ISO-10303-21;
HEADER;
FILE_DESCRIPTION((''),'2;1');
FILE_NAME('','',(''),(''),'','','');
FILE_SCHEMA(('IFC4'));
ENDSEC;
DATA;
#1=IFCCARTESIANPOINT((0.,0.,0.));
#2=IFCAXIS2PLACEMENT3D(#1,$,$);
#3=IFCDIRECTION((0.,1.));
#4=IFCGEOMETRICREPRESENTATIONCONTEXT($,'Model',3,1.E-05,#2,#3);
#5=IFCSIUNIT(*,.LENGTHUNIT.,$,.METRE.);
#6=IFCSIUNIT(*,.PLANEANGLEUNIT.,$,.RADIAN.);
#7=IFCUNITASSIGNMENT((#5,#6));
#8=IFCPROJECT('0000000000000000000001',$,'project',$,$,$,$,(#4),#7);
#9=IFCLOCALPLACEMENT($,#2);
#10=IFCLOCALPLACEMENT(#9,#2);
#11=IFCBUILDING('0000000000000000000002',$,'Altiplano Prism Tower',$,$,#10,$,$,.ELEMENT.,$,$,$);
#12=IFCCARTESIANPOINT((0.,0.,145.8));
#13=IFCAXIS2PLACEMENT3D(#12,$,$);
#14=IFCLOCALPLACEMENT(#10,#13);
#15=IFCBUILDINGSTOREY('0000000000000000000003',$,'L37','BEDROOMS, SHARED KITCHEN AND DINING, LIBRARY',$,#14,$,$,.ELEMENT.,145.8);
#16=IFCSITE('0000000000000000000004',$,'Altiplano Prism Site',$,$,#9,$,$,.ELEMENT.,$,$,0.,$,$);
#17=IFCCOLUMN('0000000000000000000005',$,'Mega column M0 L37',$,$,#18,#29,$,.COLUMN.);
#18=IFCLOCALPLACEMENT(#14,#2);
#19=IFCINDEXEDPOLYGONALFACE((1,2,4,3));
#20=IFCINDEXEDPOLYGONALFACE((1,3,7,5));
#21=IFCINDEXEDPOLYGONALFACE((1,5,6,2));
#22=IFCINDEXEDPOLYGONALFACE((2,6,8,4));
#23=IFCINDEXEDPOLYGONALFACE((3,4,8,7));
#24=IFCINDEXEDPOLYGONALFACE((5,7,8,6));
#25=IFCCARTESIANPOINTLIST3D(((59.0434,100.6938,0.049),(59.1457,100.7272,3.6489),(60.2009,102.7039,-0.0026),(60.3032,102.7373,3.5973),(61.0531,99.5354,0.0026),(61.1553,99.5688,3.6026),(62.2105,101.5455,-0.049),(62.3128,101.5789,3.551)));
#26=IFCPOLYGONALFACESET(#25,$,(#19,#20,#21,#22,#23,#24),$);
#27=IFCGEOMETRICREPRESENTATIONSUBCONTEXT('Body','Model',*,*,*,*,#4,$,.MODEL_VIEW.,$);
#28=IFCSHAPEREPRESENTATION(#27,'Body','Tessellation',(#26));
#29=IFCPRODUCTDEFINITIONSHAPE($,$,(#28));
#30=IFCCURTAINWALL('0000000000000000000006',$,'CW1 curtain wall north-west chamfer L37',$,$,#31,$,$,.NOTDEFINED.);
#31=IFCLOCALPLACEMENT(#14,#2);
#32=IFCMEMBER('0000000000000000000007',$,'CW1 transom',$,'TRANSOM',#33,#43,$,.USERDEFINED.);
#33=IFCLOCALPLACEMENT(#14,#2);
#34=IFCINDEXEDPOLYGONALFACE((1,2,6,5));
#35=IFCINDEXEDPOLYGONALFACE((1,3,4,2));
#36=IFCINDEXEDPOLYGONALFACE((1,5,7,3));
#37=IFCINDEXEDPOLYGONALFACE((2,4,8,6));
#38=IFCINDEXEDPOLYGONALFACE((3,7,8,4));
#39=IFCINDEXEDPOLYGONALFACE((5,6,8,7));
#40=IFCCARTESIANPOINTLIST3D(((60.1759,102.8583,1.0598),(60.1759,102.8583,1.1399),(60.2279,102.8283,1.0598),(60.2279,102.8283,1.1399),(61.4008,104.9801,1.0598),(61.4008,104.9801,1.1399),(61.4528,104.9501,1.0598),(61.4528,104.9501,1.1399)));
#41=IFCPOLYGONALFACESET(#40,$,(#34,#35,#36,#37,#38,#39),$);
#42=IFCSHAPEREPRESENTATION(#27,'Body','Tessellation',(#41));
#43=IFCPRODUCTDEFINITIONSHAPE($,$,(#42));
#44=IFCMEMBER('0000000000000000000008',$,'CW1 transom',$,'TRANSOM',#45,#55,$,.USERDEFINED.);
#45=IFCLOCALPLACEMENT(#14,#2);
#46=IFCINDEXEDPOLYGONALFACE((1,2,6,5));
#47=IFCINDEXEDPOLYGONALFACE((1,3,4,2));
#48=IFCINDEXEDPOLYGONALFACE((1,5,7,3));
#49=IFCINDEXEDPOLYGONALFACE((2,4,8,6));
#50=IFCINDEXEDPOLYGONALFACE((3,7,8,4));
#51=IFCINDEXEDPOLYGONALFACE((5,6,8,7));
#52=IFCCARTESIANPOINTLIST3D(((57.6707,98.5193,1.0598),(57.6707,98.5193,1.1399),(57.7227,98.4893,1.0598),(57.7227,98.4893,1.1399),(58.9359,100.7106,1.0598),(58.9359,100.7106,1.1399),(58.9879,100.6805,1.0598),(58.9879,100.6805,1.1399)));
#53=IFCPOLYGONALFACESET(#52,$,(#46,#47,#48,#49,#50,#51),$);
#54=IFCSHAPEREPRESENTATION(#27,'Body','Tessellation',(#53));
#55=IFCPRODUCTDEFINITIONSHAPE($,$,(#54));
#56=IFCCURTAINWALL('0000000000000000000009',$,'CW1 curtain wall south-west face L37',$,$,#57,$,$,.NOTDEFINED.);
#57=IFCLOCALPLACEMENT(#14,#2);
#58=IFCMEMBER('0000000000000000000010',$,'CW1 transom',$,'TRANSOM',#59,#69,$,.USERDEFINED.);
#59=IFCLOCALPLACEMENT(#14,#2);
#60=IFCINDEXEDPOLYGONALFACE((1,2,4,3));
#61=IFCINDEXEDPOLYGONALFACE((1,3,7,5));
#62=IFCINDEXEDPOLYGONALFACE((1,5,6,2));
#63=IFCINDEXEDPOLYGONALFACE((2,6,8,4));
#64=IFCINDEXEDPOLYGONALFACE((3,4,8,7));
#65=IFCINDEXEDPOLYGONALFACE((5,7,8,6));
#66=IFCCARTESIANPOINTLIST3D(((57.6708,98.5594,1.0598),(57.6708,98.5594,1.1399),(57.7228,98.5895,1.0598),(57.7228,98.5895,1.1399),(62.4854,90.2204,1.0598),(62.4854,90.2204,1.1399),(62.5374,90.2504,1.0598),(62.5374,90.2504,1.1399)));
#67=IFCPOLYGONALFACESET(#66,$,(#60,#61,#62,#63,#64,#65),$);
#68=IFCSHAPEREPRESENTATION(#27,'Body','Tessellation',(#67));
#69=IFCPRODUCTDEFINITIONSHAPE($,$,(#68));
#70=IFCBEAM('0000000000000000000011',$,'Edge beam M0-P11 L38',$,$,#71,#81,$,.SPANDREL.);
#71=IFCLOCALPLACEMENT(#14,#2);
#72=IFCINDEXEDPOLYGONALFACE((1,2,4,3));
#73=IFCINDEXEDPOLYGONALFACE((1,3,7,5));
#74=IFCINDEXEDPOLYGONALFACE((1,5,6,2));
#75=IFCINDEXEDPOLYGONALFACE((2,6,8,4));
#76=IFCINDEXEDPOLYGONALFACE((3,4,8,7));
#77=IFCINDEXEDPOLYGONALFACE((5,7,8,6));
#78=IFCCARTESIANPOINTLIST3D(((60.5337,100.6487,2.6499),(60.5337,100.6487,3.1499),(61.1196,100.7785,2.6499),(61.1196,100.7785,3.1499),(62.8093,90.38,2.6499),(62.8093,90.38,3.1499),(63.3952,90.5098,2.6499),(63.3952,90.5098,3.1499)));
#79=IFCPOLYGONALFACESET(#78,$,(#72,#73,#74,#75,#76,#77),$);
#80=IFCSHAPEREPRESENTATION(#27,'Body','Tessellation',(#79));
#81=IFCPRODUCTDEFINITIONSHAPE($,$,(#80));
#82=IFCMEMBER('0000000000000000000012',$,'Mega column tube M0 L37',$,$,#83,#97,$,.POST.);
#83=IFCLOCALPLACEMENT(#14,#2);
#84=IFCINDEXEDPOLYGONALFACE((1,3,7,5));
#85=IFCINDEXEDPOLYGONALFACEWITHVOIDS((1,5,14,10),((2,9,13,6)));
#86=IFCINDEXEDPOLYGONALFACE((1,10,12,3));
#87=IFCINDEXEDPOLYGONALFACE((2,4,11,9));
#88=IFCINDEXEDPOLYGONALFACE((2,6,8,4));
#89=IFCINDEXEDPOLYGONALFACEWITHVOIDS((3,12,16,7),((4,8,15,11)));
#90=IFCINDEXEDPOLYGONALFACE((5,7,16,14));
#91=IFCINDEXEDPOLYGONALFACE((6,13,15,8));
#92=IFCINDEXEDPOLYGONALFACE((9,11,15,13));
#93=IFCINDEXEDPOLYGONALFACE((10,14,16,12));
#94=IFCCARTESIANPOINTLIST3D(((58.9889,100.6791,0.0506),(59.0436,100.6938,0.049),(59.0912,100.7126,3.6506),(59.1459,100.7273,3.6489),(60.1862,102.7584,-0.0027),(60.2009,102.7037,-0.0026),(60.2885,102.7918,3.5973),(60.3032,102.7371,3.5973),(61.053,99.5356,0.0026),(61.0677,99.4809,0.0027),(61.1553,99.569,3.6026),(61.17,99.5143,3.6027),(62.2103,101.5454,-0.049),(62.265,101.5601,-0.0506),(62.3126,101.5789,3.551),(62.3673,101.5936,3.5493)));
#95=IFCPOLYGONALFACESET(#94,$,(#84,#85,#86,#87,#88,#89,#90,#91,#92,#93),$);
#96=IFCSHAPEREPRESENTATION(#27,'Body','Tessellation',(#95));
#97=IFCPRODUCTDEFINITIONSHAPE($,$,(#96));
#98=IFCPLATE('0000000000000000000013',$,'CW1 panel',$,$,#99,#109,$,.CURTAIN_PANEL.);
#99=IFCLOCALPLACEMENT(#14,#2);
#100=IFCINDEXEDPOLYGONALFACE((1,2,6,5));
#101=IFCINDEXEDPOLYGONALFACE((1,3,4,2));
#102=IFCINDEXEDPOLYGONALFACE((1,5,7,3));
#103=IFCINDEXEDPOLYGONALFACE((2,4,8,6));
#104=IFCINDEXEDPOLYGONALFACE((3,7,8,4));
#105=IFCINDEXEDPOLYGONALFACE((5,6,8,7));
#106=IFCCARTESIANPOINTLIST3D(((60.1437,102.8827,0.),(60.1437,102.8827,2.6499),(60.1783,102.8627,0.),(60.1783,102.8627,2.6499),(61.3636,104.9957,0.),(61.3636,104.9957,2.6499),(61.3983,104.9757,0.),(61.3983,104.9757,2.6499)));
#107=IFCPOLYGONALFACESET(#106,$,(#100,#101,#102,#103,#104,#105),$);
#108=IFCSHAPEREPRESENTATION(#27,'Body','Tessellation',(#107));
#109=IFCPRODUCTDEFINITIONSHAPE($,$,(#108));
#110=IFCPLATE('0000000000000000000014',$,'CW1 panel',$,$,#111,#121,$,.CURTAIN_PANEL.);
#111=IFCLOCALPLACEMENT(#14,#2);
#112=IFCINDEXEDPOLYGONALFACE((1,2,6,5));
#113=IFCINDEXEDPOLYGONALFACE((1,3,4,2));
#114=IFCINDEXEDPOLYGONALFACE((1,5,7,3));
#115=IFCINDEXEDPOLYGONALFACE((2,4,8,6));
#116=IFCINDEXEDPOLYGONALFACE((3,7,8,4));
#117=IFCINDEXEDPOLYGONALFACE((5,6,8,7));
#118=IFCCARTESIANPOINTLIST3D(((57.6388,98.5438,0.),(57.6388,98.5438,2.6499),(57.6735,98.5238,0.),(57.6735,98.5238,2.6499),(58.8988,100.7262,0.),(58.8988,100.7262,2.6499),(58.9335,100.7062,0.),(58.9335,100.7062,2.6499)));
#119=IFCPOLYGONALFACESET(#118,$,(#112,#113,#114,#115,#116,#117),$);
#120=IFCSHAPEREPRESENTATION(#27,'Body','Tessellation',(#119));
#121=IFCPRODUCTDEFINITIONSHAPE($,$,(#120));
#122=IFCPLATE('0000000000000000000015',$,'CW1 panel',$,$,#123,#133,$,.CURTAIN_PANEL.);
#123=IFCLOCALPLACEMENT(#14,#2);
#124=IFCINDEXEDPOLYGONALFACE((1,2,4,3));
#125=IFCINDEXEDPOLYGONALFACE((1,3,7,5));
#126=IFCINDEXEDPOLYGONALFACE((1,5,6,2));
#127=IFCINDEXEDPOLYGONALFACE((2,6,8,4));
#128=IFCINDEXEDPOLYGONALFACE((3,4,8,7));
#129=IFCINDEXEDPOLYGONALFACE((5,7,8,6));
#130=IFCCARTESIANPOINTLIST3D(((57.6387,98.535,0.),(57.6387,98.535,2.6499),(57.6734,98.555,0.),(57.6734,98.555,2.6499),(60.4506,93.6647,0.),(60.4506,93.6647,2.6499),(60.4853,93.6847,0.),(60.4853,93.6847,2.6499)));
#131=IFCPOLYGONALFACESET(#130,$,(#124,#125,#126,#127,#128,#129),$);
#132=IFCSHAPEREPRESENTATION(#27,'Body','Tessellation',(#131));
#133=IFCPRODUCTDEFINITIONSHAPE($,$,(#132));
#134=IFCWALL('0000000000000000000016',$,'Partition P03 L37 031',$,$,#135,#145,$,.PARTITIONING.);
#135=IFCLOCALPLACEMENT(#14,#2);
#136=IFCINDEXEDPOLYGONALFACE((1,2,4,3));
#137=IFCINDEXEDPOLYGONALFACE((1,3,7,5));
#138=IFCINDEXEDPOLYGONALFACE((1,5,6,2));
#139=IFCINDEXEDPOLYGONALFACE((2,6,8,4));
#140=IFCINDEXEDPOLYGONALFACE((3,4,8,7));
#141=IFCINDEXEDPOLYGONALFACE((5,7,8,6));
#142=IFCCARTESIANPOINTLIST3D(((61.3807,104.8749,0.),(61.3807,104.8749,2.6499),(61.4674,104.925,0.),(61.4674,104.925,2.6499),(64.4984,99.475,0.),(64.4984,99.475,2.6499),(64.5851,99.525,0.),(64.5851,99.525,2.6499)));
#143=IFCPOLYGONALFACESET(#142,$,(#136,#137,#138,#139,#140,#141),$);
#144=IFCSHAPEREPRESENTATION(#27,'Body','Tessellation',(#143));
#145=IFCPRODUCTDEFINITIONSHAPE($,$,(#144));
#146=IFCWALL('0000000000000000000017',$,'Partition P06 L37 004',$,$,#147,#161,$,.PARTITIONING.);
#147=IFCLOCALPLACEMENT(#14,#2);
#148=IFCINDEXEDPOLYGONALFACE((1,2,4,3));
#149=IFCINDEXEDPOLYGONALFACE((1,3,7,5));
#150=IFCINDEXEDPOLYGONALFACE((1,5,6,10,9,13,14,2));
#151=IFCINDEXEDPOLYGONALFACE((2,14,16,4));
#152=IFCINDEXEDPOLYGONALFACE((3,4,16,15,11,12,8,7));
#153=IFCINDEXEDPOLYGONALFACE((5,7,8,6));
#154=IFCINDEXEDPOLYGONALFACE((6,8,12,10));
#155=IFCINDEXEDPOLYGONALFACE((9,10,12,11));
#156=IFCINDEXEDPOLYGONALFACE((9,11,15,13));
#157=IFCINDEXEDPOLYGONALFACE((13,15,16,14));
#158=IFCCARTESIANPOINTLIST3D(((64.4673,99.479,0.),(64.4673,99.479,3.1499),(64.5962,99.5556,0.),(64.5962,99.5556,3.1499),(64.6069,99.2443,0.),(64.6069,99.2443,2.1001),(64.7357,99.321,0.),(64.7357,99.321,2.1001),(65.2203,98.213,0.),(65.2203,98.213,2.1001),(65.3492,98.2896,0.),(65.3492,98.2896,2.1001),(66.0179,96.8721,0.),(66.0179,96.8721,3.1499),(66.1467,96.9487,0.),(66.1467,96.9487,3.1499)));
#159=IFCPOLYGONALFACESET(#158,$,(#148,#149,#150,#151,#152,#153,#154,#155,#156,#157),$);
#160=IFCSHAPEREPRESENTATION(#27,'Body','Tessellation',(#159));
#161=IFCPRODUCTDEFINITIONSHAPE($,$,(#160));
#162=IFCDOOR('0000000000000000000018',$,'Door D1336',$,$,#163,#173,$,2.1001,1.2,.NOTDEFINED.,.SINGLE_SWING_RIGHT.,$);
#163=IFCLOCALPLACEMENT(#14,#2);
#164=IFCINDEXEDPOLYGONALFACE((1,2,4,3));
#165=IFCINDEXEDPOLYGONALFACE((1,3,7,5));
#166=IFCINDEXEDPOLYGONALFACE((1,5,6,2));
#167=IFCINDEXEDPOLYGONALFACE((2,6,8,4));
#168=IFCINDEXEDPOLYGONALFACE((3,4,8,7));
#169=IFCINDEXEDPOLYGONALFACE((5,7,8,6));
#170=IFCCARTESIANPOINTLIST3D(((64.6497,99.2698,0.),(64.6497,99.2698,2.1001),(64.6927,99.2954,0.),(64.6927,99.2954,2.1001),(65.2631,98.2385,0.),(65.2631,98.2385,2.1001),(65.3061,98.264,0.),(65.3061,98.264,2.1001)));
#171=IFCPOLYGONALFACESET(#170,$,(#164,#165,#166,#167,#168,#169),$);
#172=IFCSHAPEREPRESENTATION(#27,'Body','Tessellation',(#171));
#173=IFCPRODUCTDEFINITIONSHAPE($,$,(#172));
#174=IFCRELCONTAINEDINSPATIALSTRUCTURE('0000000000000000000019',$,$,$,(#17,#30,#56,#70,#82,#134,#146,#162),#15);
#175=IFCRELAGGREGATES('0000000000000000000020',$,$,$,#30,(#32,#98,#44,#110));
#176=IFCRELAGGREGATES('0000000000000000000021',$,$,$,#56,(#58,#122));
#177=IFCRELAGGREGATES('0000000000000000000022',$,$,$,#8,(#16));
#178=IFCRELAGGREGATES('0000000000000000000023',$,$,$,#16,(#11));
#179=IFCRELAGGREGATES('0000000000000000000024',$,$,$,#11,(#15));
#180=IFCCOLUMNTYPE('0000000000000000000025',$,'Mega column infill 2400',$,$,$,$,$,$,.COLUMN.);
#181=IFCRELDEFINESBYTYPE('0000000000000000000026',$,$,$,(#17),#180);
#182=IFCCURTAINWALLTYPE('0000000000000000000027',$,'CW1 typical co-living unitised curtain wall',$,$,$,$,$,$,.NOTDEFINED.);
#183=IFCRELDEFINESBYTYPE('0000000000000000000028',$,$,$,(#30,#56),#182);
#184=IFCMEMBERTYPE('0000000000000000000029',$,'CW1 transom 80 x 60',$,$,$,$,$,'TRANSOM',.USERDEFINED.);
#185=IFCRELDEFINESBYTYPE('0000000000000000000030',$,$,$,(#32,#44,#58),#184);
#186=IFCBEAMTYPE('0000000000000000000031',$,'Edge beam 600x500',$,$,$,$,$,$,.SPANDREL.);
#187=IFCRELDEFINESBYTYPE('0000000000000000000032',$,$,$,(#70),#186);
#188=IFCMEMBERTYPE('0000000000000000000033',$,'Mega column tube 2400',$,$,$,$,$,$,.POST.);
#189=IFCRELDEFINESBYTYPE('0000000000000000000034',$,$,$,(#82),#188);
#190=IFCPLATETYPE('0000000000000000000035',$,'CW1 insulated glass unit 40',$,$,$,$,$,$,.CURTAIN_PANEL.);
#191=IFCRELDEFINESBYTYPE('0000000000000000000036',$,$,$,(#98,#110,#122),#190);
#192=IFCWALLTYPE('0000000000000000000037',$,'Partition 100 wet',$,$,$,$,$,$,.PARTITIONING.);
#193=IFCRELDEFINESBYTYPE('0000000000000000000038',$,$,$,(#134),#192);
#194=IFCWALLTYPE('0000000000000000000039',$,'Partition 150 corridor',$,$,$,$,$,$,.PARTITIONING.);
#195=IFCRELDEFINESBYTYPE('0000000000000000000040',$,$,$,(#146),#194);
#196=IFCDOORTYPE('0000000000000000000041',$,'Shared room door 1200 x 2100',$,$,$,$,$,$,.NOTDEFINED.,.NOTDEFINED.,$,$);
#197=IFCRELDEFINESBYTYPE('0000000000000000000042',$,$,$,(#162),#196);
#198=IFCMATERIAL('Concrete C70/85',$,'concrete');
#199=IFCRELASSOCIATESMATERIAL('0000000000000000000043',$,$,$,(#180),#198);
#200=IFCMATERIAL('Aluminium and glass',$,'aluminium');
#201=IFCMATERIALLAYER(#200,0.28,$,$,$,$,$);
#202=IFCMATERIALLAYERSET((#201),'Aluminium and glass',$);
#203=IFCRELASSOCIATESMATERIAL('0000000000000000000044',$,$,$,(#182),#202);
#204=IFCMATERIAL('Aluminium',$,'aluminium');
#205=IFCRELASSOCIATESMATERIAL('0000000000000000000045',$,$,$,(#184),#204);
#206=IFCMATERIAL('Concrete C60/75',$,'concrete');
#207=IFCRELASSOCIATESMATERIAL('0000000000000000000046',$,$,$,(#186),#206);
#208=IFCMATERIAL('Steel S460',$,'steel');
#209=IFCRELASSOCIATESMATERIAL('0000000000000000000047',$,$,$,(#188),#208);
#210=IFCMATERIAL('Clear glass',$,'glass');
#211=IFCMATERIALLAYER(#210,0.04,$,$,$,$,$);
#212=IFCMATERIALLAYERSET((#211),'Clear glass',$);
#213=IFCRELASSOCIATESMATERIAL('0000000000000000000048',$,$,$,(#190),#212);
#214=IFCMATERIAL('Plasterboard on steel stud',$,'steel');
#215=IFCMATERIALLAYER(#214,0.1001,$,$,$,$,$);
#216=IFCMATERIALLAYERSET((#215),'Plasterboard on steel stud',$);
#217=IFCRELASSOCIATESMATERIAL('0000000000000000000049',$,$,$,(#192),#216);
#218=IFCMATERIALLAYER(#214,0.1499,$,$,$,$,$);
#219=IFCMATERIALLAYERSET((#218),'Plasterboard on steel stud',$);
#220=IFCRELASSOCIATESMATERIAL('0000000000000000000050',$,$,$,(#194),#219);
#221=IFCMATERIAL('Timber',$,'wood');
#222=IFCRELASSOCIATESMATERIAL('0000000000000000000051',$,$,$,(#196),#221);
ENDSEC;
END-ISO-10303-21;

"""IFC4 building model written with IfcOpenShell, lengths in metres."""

from ifc_helpers import new_model, si_unit, direction, frame, frame_2d, origin, origin_2d, place, context, subcontext, project, spatial, rectangle, hollow_rectangle, extrude, material, layer, layer_set, material_profile, profile_set, type_object, element, fill, aggregate, save


model = new_model("IFC4")

# Units and contexts
model_context = context("Model", 3, precision=1e-05, world=origin(), true_north=direction((0.0, 1.0)))
body_context = subcontext(model_context, "Body", "Model", "MODEL_VIEW")
ifc_project = project(units=[si_unit("LENGTHUNIT", "METRE"), si_unit("PLANEANGLEUNIT", "RADIAN")], contexts=[model_context])

# Site, building, storey
site_placement = place(None, origin())
site = spatial("IfcSite", under=ifc_project, at=site_placement, Name="Altiplano Prism Site", CompositionType="ELEMENT", RefElevation=0.0)
building_placement = place(site_placement, origin())
building = spatial("IfcBuilding", under=site, at=building_placement, Name="Altiplano Prism Tower", CompositionType="ELEMENT")
storey_placement = place(building_placement, frame((0.0, 0.0, 145.8)))
storey = spatial("IfcBuildingStorey", under=building, at=storey_placement, Name="L37", Description="BEDROOMS, SHARED KITCHEN AND DINING, LIBRARY", CompositionType="ELEMENT", Elevation=145.8)

# Column
ifc_material_1 = material(Name="Concrete C70/85", Category="concrete")
ifc_material_profile_1 = material_profile(ifc_material_1, rectangle(XDim=2.3201, YDim=2.3201, at=origin_2d()), Name="Mega column infill 2400")
ifc_profile_set_1 = profile_set([ifc_material_profile_1], Name="Concrete C70/85")
column_type = type_object("IfcColumnType", Name="Mega column infill 2400", PredefinedType="COLUMN", material=ifc_profile_set_1)
column_placement = place(storey_placement, frame((60.627, 101.1196, 0.0), z_axis=(0.028404, 0.009287, 0.999553), x_axis=(-0.866202, 0.499295, 0.019975)))
element("IfcColumn", 1, at=column_placement, inside=storey, type_object=column_type, Name="Mega column M0 L37", PredefinedType="COLUMN", context=body_context, shape_type="SweptSolid", body=[
    extrude(rectangle(XDim=2.3201, YDim=2.3201, at=origin_2d()), origin(), (0.0, 0.0, 1.0), 3.6016),
])

# Curtain wall, members
ifc_material_2 = material(Name="Aluminium and glass", Category="aluminium")
ifc_layer_1 = layer(ifc_material_2, 0.28)
ifc_layer_set_1 = layer_set([ifc_layer_1], Name="Aluminium and glass")
curtain_wall_type = type_object("IfcCurtainWallType", Name="CW1 typical co-living unitised curtain wall", PredefinedType="NOTDEFINED", material=ifc_layer_set_1)
curtain_wall_1_placement = place(storey_placement, origin())
curtain_wall_1 = element("IfcCurtainWall", 2, at=curtain_wall_1_placement, inside=storey, type_object=curtain_wall_type, Name="CW1 curtain wall north-west chamfer L37", PredefinedType="NOTDEFINED")
ifc_material_3 = material(Name="Aluminium", Category="aluminium")
ifc_material_profile_2 = material_profile(ifc_material_3, rectangle(XDim=0.0601, YDim=0.0801, at=origin_2d()), Name="CW1 transom 80 x 60")
ifc_profile_set_2 = profile_set([ifc_material_profile_2], Name="Aluminium")
member_type_1 = type_object("IfcMemberType", Name="CW1 transom 80 x 60", ElementType="TRANSOM", PredefinedType="USERDEFINED", material=ifc_profile_set_2)
member_1_placement = place(storey_placement, frame((61.4268, 104.9651, 1.0999), z_axis=(-0.499944, -0.866058, 0.0), x_axis=(0.866058, -0.499944, 0.0)))
member_1 = element("IfcMember", 3, at=member_1_placement, type_object=member_type_1, Name="CW1 transom", ObjectType="TRANSOM", PredefinedType="USERDEFINED", context=body_context, shape_type="SweptSolid", body=[
    extrude(rectangle(XDim=0.0601, YDim=0.0801, at=origin_2d()), origin(), (0.0, 0.0, 1.0), 2.45),
])
member_2_placement = place(storey_placement, frame((58.9619, 100.6956, 1.0999), z_axis=(-0.50002, -0.866014, 0.0), x_axis=(0.866014, -0.50002, 0.0)))
member_2 = element("IfcMember", 4, at=member_2_placement, type_object=member_type_1, Name="CW1 transom", ObjectType="TRANSOM", PredefinedType="USERDEFINED", context=body_context, shape_type="SweptSolid", body=[
    extrude(rectangle(XDim=0.0601, YDim=0.0801, at=origin_2d()), origin(), (0.0, 0.0, 1.0), 2.5303),
])

# Curtain wall, member
curtain_wall_2_placement = place(storey_placement, origin())
curtain_wall_2 = element("IfcCurtainWall", 5, at=curtain_wall_2_placement, inside=storey, type_object=curtain_wall_type, Name="CW1 curtain wall south-west face L37", PredefinedType="NOTDEFINED")
member_3_placement = place(storey_placement, frame((57.6968, 98.5745, 1.0999), z_axis=(0.500008, -0.86602, 0.0), x_axis=(0.86602, 0.500008, 0.0)))
member_3 = element("IfcMember", 6, at=member_3_placement, type_object=member_type_1, Name="CW1 transom", ObjectType="TRANSOM", PredefinedType="USERDEFINED", context=body_context, shape_type="SweptSolid", body=[
    extrude(rectangle(XDim=0.0601, YDim=0.0801, at=origin_2d()), origin(), (0.0, 0.0, 1.0), 9.6292),
])

# Beam
ifc_material_4 = material(Name="Concrete C60/75", Category="concrete")
ifc_material_profile_3 = material_profile(ifc_material_4, rectangle(XDim=0.6001, YDim=0.5, at=origin_2d()), Name="Edge beam 600x500")
ifc_profile_set_3 = profile_set([ifc_material_profile_3], Name="Concrete C60/75")
beam_type = type_object("IfcBeamType", Name="Edge beam 600x500", PredefinedType="SPANDREL", material=ifc_profile_set_3)
beam_placement = place(storey_placement, frame((60.8267, 100.7136, 2.8999), z_axis=(0.216358, -0.976314, 0.0), x_axis=(0.976314, 0.216358, 0.0)))
element("IfcBeam", 7, at=beam_placement, inside=storey, type_object=beam_type, Name="Edge beam M0-P11 L38", PredefinedType="SPANDREL", context=body_context, shape_type="SweptSolid", body=[
    extrude(rectangle(XDim=0.6001, YDim=0.5, at=origin_2d()), origin(), (0.0, 0.0, 1.0), 10.5178),
])

# Member
ifc_material_5 = material(Name="Steel S460", Category="steel")
ifc_material_profile_4 = material_profile(ifc_material_5, hollow_rectangle(XDim=2.3999, YDim=2.3999, WallThickness=0.04, at=origin_2d()), Name="Mega column tube 2400")
ifc_profile_set_4 = profile_set([ifc_material_profile_4], Name="Steel S460")
member_type_2 = type_object("IfcMemberType", Name="Mega column tube 2400", PredefinedType="POST", material=ifc_profile_set_4)
member_4_placement = place(storey_placement, frame((60.627, 101.1196, 0.0), z_axis=(0.028404, 0.009287, 0.999553), x_axis=(-0.866202, 0.499295, 0.019975)))
element("IfcMember", 8, at=member_4_placement, inside=storey, type_object=member_type_2, Name="Mega column tube M0 L37", PredefinedType="POST", context=body_context, shape_type="SweptSolid", body=[
    extrude(hollow_rectangle(XDim=2.3999, YDim=2.3999, WallThickness=0.04, at=origin_2d()), origin(), (0.0, 0.0, 1.0), 3.6016),
])

# Plates
ifc_material_6 = material(Name="Clear glass", Category="glass")
ifc_layer_2 = layer(ifc_material_6, 0.04)
ifc_layer_set_2 = layer_set([ifc_layer_2], Name="Clear glass")
plate_type = type_object("IfcPlateType", Name="CW1 insulated glass unit 40", PredefinedType="CURTAIN_PANEL", material=ifc_layer_set_2)
plate_1_placement = place(storey_placement, frame((60.771, 103.9292, 0.0), z_axis=(0.0, 0.0, 1.0), x_axis=(-0.5, -0.866025, 0.0)))
plate_1 = element("IfcPlate", 9, at=plate_1_placement, type_object=plate_type, Name="CW1 panel", PredefinedType="CURTAIN_PANEL", context=body_context, shape_type="SweptSolid", body=[
    extrude(rectangle(XDim=2.4399, YDim=0.04, at=origin_2d()), origin(), (0.0, 0.0, 1.0), 2.6499),
])
plate_2_placement = place(storey_placement, frame((58.2861, 99.625, 0.0), z_axis=(0.0, 0.0, 1.0), x_axis=(-0.5, -0.866025, 0.0)))
plate_2 = element("IfcPlate", 10, at=plate_2_placement, type_object=plate_type, Name="CW1 panel", PredefinedType="CURTAIN_PANEL", context=body_context, shape_type="SweptSolid", body=[
    extrude(rectangle(XDim=2.52, YDim=0.04, at=origin_2d()), origin(), (0.0, 0.0, 1.0), 2.6499),
])
aggregate(curtain_wall_1, [member_1, plate_1, member_2, plate_2])
plate_3_placement = place(storey_placement, frame((59.062, 96.1099, 0.0), z_axis=(0.0, 0.0, 1.0), x_axis=(0.5, -0.866025, 0.0)))
plate_3 = element("IfcPlate", 11, at=plate_3_placement, type_object=plate_type, Name="CW1 panel", PredefinedType="CURTAIN_PANEL", context=body_context, shape_type="SweptSolid", body=[
    extrude(rectangle(XDim=5.6238, YDim=0.04, at=origin_2d()), origin(), (0.0, 0.0, 1.0), 2.6499),
])
aggregate(curtain_wall_2, [member_3, plate_3])

# Wall
ifc_material_7 = material(Name="Plasterboard on steel stud", Category="steel")
ifc_layer_3 = layer(ifc_material_7, 0.1001)
ifc_layer_set_3 = layer_set([ifc_layer_3], Name="Plasterboard on steel stud")
wall_type_1 = type_object("IfcWallType", Name="Partition 100 wet", PredefinedType="PARTITIONING", material=ifc_layer_set_3)
wall_1_placement = place(storey_placement, frame((64.5417, 99.5, 0.0), z_axis=(0.0, 0.0, 1.0), x_axis=(-0.500005, 0.866023, 0.0)))
element("IfcWall", 12, at=wall_1_placement, inside=storey, type_object=wall_type_1, Name="Partition P03 L37 031", PredefinedType="PARTITIONING", context=body_context, shape_type="SweptSolid", body=[
    extrude(rectangle(XDim=6.2354, YDim=0.1001, at=frame_2d((3.1177, 0.0))), origin(), (0.0, 0.0, 1.0), 2.6499),
])

# Wall, opening, door
ifc_layer_4 = layer(ifc_material_7, 0.1499)
ifc_layer_set_4 = layer_set([ifc_layer_4], Name="Plasterboard on steel stud")
wall_type_2 = type_object("IfcWallType", Name="Partition 150 corridor", PredefinedType="PARTITIONING", material=ifc_layer_set_4)
wall_2_placement = place(storey_placement, frame((64.5317, 99.5173, 0.0), z_axis=(0.0, 0.0, 1.0), x_axis=(0.511189, -0.859468, 0.0)))
wall_2 = element("IfcWall", 13, at=wall_2_placement, inside=storey, type_object=wall_type_2, Name="Partition P06 L37 004", PredefinedType="PARTITIONING", context=body_context, shape_type="SweptSolid", body=[
    extrude(rectangle(XDim=3.0332, YDim=0.1499, at=frame_2d((1.5166, 0.0))), origin(), (0.0, 0.0, 1.0), 3.1499),
])
opening_1_placement = place(wall_2_placement, frame((0.2729, 0.0, 0.0)))
opening_1 = element("IfcOpeningElement", 14, at=opening_1_placement, cuts=wall_2, PredefinedType="OPENING", context=body_context, shape_type="SweptSolid", body=[
    extrude(rectangle(XDim=1.2, YDim=2.1001, at=frame_2d((0.6001, 1.05))), frame((0.0, 0.0854, 0.0), z_axis=(0.0, -1.0, 0.0), x_axis=(1.0, 0.0, 0.0)), (0.0, 0.0, 1.0), 0.1709),
])
ifc_material_8 = material(Name="Timber", Category="wood")
door_type_1 = type_object("IfcDoorType", Name="Shared room door 1200 x 2100", OperationType="NOTDEFINED", PredefinedType="NOTDEFINED", material=ifc_material_8)
door_1_placement = place(opening_1_placement, origin())
door_1 = element("IfcDoor", 15, at=door_1_placement, inside=storey, type_object=door_type_1, Name="Door D1336", OperationType="SINGLE_SWING_RIGHT", OverallHeight=2.1001, OverallWidth=1.2, PredefinedType="NOTDEFINED", context=body_context, shape_type="SweptSolid", body=[
    extrude(rectangle(XDim=1.2, YDim=2.1001, at=frame_2d((0.6001, 1.05))), frame((0.0, 0.0249, 0.0), z_axis=(0.0, -1.0, 0.0), x_axis=(1.0, 0.0, 0.0)), (0.0, 0.0, 1.0), 0.05),
])
fill(opening_1, door_1)

save(model, "model.ifc")
